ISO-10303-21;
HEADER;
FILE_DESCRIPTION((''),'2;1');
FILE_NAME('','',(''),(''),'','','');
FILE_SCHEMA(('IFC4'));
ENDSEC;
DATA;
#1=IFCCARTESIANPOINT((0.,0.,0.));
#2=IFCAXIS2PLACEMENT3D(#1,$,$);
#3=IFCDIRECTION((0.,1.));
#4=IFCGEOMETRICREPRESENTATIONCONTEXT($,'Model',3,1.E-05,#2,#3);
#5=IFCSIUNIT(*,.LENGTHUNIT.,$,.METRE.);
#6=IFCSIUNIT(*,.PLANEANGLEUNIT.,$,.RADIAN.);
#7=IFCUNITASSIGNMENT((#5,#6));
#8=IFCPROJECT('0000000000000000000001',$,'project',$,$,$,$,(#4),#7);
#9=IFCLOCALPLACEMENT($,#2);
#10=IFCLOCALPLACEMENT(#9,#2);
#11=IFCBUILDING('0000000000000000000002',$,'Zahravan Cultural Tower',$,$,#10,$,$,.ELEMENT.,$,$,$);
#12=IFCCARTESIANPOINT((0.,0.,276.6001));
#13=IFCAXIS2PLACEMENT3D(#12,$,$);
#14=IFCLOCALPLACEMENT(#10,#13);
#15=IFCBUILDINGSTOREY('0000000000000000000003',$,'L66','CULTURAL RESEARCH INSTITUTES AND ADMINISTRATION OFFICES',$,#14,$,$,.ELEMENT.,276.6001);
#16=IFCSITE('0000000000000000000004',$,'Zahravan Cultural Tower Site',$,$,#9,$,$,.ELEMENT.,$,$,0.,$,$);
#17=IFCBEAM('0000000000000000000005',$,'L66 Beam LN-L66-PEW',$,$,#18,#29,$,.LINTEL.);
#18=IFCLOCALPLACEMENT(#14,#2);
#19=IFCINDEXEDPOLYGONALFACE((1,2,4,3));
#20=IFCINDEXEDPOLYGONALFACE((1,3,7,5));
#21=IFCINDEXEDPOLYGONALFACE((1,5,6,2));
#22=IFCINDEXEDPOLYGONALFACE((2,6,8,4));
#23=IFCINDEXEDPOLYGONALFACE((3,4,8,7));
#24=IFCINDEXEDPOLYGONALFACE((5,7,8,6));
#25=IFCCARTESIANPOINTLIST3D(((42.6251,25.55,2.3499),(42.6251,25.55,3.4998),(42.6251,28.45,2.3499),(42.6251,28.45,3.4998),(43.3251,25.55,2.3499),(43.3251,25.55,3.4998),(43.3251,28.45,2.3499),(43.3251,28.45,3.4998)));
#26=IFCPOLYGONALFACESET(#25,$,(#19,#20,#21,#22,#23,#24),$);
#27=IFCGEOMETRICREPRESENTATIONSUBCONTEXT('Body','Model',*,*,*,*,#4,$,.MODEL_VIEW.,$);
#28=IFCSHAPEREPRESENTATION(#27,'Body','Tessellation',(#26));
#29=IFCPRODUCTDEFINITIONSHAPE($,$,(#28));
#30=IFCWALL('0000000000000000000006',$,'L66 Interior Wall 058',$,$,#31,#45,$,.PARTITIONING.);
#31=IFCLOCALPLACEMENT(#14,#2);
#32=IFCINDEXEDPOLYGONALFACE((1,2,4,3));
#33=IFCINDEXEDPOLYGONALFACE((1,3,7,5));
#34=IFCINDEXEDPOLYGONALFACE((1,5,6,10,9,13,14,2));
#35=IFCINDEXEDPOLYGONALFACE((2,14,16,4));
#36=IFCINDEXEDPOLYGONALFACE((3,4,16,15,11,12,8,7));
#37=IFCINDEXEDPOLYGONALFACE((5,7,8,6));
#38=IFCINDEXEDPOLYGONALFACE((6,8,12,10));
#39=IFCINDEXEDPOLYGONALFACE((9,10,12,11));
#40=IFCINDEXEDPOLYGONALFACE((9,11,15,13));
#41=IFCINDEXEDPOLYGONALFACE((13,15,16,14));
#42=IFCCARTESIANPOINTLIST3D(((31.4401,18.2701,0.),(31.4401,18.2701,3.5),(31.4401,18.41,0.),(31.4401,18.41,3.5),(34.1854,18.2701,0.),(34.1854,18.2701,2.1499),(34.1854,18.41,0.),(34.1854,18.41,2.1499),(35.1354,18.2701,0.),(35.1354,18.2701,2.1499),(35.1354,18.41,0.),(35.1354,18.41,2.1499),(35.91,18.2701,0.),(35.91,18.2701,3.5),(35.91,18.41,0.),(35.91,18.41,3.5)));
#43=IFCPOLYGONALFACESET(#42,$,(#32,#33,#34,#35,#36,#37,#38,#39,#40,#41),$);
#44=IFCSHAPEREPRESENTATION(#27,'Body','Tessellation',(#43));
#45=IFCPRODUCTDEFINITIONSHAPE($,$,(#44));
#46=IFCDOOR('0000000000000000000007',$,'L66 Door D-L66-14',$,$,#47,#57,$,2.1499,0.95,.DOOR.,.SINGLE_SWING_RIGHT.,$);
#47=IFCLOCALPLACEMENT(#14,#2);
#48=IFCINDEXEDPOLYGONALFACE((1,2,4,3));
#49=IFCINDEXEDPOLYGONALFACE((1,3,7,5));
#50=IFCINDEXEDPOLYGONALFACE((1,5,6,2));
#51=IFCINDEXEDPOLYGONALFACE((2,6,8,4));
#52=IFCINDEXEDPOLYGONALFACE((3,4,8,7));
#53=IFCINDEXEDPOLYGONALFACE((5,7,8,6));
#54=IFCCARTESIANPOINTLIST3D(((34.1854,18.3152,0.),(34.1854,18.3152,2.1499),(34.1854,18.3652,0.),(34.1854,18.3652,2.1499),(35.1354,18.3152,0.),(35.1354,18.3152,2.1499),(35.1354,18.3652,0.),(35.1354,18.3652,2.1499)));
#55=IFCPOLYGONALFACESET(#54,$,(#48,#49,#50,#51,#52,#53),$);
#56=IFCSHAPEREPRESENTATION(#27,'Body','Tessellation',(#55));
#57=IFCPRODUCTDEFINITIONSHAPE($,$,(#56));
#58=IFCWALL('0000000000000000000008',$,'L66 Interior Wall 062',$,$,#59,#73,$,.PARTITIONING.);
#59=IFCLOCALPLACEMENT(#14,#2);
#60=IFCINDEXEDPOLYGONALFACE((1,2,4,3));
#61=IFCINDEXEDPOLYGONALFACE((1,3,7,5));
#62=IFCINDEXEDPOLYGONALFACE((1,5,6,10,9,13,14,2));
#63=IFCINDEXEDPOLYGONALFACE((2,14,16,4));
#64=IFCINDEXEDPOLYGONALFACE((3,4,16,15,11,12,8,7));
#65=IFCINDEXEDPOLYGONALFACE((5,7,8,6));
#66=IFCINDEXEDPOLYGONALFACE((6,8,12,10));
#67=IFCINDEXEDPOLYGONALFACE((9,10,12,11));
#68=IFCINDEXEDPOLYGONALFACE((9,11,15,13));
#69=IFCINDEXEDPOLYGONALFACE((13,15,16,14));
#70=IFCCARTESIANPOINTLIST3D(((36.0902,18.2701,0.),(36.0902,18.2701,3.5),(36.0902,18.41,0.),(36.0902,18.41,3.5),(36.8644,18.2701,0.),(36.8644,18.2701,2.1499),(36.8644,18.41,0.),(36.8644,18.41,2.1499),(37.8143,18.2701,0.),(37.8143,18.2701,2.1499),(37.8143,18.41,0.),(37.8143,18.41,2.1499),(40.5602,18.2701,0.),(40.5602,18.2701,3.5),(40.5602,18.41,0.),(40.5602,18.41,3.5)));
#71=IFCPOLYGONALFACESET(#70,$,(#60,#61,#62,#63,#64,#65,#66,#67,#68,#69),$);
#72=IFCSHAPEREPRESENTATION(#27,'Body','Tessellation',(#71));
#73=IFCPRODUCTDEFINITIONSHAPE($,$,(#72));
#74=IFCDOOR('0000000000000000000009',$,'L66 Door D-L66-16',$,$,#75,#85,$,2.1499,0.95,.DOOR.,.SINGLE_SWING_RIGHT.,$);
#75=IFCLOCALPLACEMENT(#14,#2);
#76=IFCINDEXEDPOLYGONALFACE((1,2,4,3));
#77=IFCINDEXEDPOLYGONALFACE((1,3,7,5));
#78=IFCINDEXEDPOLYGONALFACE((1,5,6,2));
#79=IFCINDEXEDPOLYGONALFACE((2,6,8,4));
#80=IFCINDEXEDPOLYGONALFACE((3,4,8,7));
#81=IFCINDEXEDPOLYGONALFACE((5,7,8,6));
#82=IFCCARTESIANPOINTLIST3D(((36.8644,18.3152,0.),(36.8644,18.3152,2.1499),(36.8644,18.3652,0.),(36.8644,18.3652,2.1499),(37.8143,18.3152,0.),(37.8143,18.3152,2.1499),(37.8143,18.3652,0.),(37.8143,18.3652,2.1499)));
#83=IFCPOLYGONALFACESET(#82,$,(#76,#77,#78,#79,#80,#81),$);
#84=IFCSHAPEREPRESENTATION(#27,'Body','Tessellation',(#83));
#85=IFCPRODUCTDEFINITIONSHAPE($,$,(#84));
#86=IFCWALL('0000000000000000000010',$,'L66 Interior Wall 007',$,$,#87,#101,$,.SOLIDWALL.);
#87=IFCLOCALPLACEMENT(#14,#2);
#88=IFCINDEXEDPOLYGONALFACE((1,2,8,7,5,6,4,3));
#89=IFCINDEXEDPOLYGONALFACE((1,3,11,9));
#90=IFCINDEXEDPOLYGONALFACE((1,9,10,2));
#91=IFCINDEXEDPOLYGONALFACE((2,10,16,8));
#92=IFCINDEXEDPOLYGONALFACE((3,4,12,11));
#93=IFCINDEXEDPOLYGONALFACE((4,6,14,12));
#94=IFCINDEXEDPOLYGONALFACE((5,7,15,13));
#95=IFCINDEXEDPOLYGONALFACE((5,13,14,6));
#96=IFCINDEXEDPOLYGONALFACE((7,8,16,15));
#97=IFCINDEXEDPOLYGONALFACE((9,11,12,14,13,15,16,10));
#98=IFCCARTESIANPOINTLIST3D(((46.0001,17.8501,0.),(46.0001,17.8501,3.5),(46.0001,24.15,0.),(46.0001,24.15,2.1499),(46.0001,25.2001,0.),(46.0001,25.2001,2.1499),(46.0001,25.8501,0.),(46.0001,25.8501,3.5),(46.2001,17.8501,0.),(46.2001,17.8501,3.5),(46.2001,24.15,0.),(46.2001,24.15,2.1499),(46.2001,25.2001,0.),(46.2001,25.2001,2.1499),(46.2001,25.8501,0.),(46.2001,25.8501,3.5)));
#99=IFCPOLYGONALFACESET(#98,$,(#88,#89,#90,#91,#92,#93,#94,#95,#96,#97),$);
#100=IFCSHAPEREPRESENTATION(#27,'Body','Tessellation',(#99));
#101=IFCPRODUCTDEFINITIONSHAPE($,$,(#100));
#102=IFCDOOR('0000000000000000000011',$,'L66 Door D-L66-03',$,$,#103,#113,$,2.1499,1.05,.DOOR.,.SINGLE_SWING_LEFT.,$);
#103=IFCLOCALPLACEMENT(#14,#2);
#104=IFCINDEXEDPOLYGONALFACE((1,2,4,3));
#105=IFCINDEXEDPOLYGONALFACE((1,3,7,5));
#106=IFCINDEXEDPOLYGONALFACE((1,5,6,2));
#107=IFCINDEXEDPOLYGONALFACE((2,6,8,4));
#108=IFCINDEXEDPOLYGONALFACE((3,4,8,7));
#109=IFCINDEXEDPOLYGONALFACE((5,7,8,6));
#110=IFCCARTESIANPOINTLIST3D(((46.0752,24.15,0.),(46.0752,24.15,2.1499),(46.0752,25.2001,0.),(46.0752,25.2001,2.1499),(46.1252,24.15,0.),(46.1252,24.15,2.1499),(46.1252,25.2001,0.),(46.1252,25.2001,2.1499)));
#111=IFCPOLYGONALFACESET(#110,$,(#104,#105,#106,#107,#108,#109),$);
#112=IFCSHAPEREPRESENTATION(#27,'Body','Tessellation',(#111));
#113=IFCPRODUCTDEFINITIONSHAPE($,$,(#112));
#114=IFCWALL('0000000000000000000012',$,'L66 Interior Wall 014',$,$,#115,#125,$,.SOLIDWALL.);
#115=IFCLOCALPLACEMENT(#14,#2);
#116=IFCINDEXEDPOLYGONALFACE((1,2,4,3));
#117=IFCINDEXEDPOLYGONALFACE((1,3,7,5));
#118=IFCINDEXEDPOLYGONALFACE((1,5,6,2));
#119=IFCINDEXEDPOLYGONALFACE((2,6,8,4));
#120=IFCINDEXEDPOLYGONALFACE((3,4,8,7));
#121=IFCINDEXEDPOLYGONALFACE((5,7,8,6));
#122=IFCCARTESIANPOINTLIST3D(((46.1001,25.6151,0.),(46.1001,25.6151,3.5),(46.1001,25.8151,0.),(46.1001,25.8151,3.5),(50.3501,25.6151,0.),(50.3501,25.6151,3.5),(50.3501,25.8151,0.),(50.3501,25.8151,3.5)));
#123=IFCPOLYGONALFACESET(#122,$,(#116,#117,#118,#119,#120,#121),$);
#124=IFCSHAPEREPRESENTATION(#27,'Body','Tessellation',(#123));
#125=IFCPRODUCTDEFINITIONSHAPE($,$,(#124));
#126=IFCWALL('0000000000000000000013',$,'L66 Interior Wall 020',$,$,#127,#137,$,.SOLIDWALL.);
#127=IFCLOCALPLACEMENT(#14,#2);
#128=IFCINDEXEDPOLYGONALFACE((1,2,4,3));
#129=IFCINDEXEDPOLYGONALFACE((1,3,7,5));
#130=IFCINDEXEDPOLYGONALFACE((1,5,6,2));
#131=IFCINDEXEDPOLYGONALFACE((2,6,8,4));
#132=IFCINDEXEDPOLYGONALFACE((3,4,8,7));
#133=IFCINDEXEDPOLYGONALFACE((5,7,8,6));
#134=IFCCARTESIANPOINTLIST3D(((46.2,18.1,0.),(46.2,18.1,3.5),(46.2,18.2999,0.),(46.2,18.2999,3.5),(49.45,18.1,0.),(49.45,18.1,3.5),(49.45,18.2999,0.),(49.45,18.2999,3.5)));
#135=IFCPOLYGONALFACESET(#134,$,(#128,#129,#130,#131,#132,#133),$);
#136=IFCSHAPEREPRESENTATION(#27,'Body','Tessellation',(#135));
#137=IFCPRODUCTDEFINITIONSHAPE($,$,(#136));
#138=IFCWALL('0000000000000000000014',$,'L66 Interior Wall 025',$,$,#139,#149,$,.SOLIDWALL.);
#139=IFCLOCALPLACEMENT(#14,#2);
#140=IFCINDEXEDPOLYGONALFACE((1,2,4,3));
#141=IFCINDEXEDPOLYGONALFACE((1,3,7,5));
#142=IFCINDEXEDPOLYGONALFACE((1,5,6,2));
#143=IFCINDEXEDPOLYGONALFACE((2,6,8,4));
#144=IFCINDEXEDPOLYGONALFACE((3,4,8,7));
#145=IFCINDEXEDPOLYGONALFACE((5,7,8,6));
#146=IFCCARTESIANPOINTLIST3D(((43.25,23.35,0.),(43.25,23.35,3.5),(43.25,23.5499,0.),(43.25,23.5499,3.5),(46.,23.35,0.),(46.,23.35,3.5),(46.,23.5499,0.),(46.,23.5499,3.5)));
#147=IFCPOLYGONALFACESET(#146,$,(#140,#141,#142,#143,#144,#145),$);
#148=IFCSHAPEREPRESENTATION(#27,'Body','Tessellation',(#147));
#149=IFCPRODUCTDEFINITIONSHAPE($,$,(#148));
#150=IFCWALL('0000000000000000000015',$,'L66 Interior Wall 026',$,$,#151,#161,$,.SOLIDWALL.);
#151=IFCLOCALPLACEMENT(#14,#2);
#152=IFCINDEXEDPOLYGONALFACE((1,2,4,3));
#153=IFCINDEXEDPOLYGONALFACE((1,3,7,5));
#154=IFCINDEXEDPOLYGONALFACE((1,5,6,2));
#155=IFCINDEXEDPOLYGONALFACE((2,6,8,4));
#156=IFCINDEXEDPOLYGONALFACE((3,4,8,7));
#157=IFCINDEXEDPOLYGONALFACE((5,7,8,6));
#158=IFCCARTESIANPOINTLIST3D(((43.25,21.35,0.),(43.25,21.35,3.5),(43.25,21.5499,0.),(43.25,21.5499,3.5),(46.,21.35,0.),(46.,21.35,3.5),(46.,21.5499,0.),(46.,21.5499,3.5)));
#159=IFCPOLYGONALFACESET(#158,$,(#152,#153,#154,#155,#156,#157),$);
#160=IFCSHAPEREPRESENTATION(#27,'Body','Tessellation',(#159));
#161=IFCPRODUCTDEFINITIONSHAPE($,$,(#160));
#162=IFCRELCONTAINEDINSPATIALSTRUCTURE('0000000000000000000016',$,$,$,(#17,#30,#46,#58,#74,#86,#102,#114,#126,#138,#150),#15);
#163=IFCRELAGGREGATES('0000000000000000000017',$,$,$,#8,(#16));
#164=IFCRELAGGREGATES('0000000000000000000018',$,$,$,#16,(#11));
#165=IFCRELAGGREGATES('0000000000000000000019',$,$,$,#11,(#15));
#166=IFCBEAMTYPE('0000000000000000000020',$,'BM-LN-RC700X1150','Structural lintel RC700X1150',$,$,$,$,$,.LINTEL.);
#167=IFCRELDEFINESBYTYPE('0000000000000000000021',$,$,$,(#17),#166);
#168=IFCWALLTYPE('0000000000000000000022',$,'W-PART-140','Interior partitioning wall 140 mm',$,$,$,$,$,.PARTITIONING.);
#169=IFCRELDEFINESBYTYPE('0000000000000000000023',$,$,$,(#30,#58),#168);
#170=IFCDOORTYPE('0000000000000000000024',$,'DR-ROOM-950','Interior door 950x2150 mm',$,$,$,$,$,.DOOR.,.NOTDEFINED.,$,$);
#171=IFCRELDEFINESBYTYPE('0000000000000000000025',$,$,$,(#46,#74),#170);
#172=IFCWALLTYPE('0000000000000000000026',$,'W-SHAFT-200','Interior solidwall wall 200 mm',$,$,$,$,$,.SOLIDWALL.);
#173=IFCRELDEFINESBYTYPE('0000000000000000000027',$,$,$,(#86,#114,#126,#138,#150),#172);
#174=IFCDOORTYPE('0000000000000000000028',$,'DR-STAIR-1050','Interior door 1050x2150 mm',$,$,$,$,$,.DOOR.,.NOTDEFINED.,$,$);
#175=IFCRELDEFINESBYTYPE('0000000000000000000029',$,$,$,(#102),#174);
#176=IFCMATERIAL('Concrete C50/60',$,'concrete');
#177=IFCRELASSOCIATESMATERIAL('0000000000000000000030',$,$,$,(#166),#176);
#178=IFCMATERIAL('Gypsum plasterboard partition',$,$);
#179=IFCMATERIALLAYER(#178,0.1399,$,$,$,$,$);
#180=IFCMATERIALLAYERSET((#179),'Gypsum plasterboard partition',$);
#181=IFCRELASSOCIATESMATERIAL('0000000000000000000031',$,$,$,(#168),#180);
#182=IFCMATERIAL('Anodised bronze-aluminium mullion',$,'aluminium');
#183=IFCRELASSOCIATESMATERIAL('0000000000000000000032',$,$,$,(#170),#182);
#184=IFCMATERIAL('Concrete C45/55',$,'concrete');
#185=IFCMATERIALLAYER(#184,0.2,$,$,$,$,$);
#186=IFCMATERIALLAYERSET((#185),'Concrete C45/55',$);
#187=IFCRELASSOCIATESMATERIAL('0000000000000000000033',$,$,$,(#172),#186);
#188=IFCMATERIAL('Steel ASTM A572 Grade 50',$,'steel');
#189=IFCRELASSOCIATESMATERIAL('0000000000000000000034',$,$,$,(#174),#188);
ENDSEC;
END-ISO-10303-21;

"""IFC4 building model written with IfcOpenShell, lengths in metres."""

from ifc_helpers import new_model, si_unit, direction, frame, frame_2d, origin, origin_2d, place, context, subcontext, project, spatial, rectangle, extrude, source, transform, mapped, material, layer, layer_set, material_profile, profile_set, type_object, element, fill, save


model = new_model("IFC4")

# Units and contexts
model_context = context("Model", 3, precision=1e-05, world=origin(), true_north=direction((0.0, 1.0)))
body_context = subcontext(model_context, "Body", "Model", "MODEL_VIEW")
ifc_project = project(units=[si_unit("LENGTHUNIT", "METRE"), si_unit("PLANEANGLEUNIT", "RADIAN")], contexts=[model_context])

# Site, building, storey
site_placement = place(None, origin())
site = spatial("IfcSite", under=ifc_project, at=site_placement, Name="Zahravan Cultural Tower Site", CompositionType="ELEMENT", RefElevation=0.0)
building_placement = place(site_placement, origin())
building = spatial("IfcBuilding", under=site, at=building_placement, Name="Zahravan Cultural Tower", CompositionType="ELEMENT")
storey_placement = place(building_placement, frame((0.0, 0.0, 276.6001)))
storey = spatial("IfcBuildingStorey", under=building, at=storey_placement, Name="L66", Description="CULTURAL RESEARCH INSTITUTES AND ADMINISTRATION OFFICES", CompositionType="ELEMENT", Elevation=276.6001)

# Beam
ifc_material_1 = material(Name="Concrete C50/60", Category="concrete")
ifc_material_profile = material_profile(ifc_material_1, rectangle(XDim=0.7, YDim=1.1499, at=origin_2d()), Name="RC700X1150")
ifc_profile_set = profile_set([ifc_material_profile], Name="Concrete C50/60")
beam_type = type_object("IfcBeamType", Name="BM-LN-RC700X1150", Description="Structural lintel RC700X1150", PredefinedType="LINTEL", material=ifc_profile_set)
shared_shape_1 = source(origin(), body_context, "Body", "SweptSolid", [
    extrude(rectangle(XDim=0.7, YDim=1.1499, at=origin_2d()), origin(), (0.0, 0.0, 1.0), 2.8999),
])
beam_placement = place(storey_placement, frame((42.9751, 25.55, 2.9248), z_axis=(0.0, 1.0, 0.0), x_axis=(-1.0, 0.0, 0.0)))
element("IfcBeam", 1, at=beam_placement, inside=storey, type_object=beam_type, Name="L66 Beam LN-L66-PEW", PredefinedType="LINTEL", context=body_context, shape_type="MappedRepresentation", body=[
    mapped(shared_shape_1, transform((0.0, 0.0, 0.0), x_axis=(1.0, 0.0, 0.0), y_axis=(0.0, 1.0, 0.0), z_axis=(0.0, 0.0, 1.0), scale=1.0)),
])

# Walls, openings, doors
ifc_material_2 = material(Name="Gypsum plasterboard partition")
ifc_layer_1 = layer(ifc_material_2, 0.1399)
ifc_layer_set_1 = layer_set([ifc_layer_1], Name="Gypsum plasterboard partition")
wall_type_1 = type_object("IfcWallType", Name="W-PART-140", Description="Interior partitioning wall 140 mm", PredefinedType="PARTITIONING", material=ifc_layer_set_1)
wall_1_placement = place(storey_placement, frame((35.9099, 18.3401, 0.0), z_axis=(0.0, 0.0, 1.0), x_axis=(-1.0, 0.0, 0.0)))
wall_1 = element("IfcWall", 2, at=wall_1_placement, inside=storey, type_object=wall_type_1, Name="L66 Interior Wall 058", PredefinedType="PARTITIONING", context=body_context, shape_type="SweptSolid", body=[
    extrude(rectangle(XDim=4.47, YDim=0.1399, at=frame_2d((2.2349, 0.0))), origin(), (0.0, 0.0, 1.0), 3.5),
])
opening_1_placement = place(wall_1_placement, frame((0.7744, 0.0, 0.0)))
opening_1 = element("IfcOpeningElement", 3, at=opening_1_placement, cuts=wall_1, PredefinedType="OPENING", context=body_context, shape_type="SweptSolid", body=[
    extrude(rectangle(XDim=0.95, YDim=2.1499, at=frame_2d((0.4751, 1.075))), frame((0.0, 0.0798, 0.0), z_axis=(0.0, -1.0, 0.0), x_axis=(1.0, 0.0, 0.0)), (0.0, 0.0, 1.0), 0.1599),
])
ifc_material_3 = material(Name="Anodised bronze-aluminium mullion", Category="aluminium")
door_type_1 = type_object("IfcDoorType", Name="DR-ROOM-950", Description="Interior door 950x2150 mm", OperationType="NOTDEFINED", PredefinedType="DOOR", material=ifc_material_3)
shared_shape_2 = source(origin(), body_context, "Body", "SweptSolid", [
    extrude(rectangle(XDim=0.95, YDim=2.1499, at=frame_2d((0.4751, 1.075))), frame((0.0, 0.0249, 0.0), z_axis=(0.0, -1.0, 0.0), x_axis=(1.0, 0.0, 0.0)), (0.0, 0.0, 1.0), 0.05),
])
door_1_placement = place(opening_1_placement, origin())
door_1 = element("IfcDoor", 4, at=door_1_placement, inside=storey, type_object=door_type_1, Name="L66 Door D-L66-14", OperationType="SINGLE_SWING_RIGHT", OverallHeight=2.1499, OverallWidth=0.95, PredefinedType="DOOR", context=body_context, shape_type="MappedRepresentation", body=[
    mapped(shared_shape_2, transform((0.0, 0.0, 0.0), x_axis=(1.0, 0.0, 0.0), y_axis=(0.0, 1.0, 0.0), z_axis=(0.0, 0.0, 1.0), scale=1.0)),
])
fill(opening_1, door_1)
wall_2_placement = place(storey_placement, frame((40.5601, 18.3401, 0.0), z_axis=(0.0, 0.0, 1.0), x_axis=(-1.0, 0.0, 0.0)))
wall_2 = element("IfcWall", 5, at=wall_2_placement, inside=storey, type_object=wall_type_1, Name="L66 Interior Wall 062", PredefinedType="PARTITIONING", context=body_context, shape_type="SweptSolid", body=[
    extrude(rectangle(XDim=4.47, YDim=0.1399, at=frame_2d((2.2349, 0.0))), origin(), (0.0, 0.0, 1.0), 3.5),
])
opening_2_placement = place(wall_2_placement, frame((2.7456, 0.0, 0.0)))
opening_2 = element("IfcOpeningElement", 6, at=opening_2_placement, cuts=wall_2, PredefinedType="OPENING", context=body_context, shape_type="SweptSolid", body=[
    extrude(rectangle(XDim=0.95, YDim=2.1499, at=frame_2d((0.4751, 1.075))), frame((0.0, 0.0798, 0.0), z_axis=(0.0, -1.0, 0.0), x_axis=(1.0, 0.0, 0.0)), (0.0, 0.0, 1.0), 0.1599),
])
door_2_placement = place(opening_2_placement, origin())
door_2 = element("IfcDoor", 7, at=door_2_placement, inside=storey, type_object=door_type_1, Name="L66 Door D-L66-16", OperationType="SINGLE_SWING_RIGHT", OverallHeight=2.1499, OverallWidth=0.95, PredefinedType="DOOR", context=body_context, shape_type="MappedRepresentation", body=[
    mapped(shared_shape_2, transform((0.0, 0.0, 0.0), x_axis=(1.0, 0.0, 0.0), y_axis=(0.0, 1.0, 0.0), z_axis=(0.0, 0.0, 1.0), scale=1.0)),
])
fill(opening_2, door_2)
ifc_material_4 = material(Name="Concrete C45/55", Category="concrete")
ifc_layer_2 = layer(ifc_material_4, 0.2)
ifc_layer_set_2 = layer_set([ifc_layer_2], Name="Concrete C45/55")
wall_type_2 = type_object("IfcWallType", Name="W-SHAFT-200", Description="Interior solidwall wall 200 mm", PredefinedType="SOLIDWALL", material=ifc_layer_set_2)
wall_3_placement = place(storey_placement, frame((46.1001, 17.8501, 0.0), z_axis=(0.0, 0.0, 1.0), x_axis=(0.0, 1.0, 0.0)))
wall_3 = element("IfcWall", 8, at=wall_3_placement, inside=storey, type_object=wall_type_2, Name="L66 Interior Wall 007", PredefinedType="SOLIDWALL", context=body_context, shape_type="SweptSolid", body=[
    extrude(rectangle(XDim=8.0, YDim=0.2, at=frame_2d((4.0, 0.0))), origin(), (0.0, 0.0, 1.0), 3.5),
])
opening_3_placement = place(wall_3_placement, frame((6.3, 0.0, 0.0)))
opening_3 = element("IfcOpeningElement", 9, at=opening_3_placement, cuts=wall_3, PredefinedType="OPENING", context=body_context, shape_type="SweptSolid", body=[
    extrude(rectangle(XDim=1.05, YDim=2.1499, at=frame_2d((0.5249, 1.075))), frame((0.0, 0.1099, 0.0), z_axis=(0.0, -1.0, 0.0), x_axis=(1.0, 0.0, 0.0)), (0.0, 0.0, 1.0), 0.22),
])
ifc_material_5 = material(Name="Steel ASTM A572 Grade 50", Category="steel")
door_type_2 = type_object("IfcDoorType", Name="DR-STAIR-1050", Description="Interior door 1050x2150 mm", OperationType="NOTDEFINED", PredefinedType="DOOR", material=ifc_material_5)
shared_shape_3 = source(origin(), body_context, "Body", "SweptSolid", [
    extrude(rectangle(XDim=1.05, YDim=2.1499, at=frame_2d((0.5249, 1.075))), frame((0.0, 0.0249, 0.0), z_axis=(0.0, -1.0, 0.0), x_axis=(1.0, 0.0, 0.0)), (0.0, 0.0, 1.0), 0.05),
])
door_3_placement = place(opening_3_placement, origin())
door_3 = element("IfcDoor", 10, at=door_3_placement, inside=storey, type_object=door_type_2, Name="L66 Door D-L66-03", OperationType="SINGLE_SWING_LEFT", OverallHeight=2.1499, OverallWidth=1.05, PredefinedType="DOOR", context=body_context, shape_type="MappedRepresentation", body=[
    mapped(shared_shape_3, transform((0.0, 0.0, 0.0), x_axis=(1.0, 0.0, 0.0), y_axis=(0.0, 1.0, 0.0), z_axis=(0.0, 0.0, 1.0), scale=1.0)),
])
fill(opening_3, door_3)

# Walls
shared_shape_4 = source(origin(), body_context, "Body", "SweptSolid", [
    extrude(rectangle(XDim=4.25, YDim=0.2, at=frame_2d((2.125, 0.0))), origin(), (0.0, 0.0, 1.0), 3.5),
])
wall_4_placement = place(storey_placement, frame((46.1001, 25.7151, 0.0), z_axis=(0.0, 0.0, 1.0), x_axis=(1.0, 0.0, 0.0)))
element("IfcWall", 11, at=wall_4_placement, inside=storey, type_object=wall_type_2, Name="L66 Interior Wall 014", PredefinedType="SOLIDWALL", context=body_context, shape_type="MappedRepresentation", body=[
    mapped(shared_shape_4, transform((0.0, 0.0, 0.0), x_axis=(1.0, 0.0, 0.0), y_axis=(0.0, 1.0, 0.0), z_axis=(0.0, 0.0, 1.0), scale=1.0)),
])
shared_shape_5 = source(origin(), body_context, "Body", "SweptSolid", [
    extrude(rectangle(XDim=3.25, YDim=0.2, at=frame_2d((1.625, 0.0))), origin(), (0.0, 0.0, 1.0), 3.5),
])
wall_5_placement = place(storey_placement, frame((46.2, 18.2, 0.0), z_axis=(0.0, 0.0, 1.0), x_axis=(1.0, 0.0, 0.0)))
element("IfcWall", 12, at=wall_5_placement, inside=storey, type_object=wall_type_2, Name="L66 Interior Wall 020", PredefinedType="SOLIDWALL", context=body_context, shape_type="MappedRepresentation", body=[
    mapped(shared_shape_5, transform((0.0, 0.0, 0.0), x_axis=(1.0, 0.0, 0.0), y_axis=(0.0, 1.0, 0.0), z_axis=(0.0, 0.0, 1.0), scale=1.0)),
])
shared_shape_6 = source(origin(), body_context, "Body", "SweptSolid", [
    extrude(rectangle(XDim=2.75, YDim=0.2, at=frame_2d((1.375, 0.0))), origin(), (0.0, 0.0, 1.0), 3.5),
])
for number, where, z_axis, x_axis, name in (
    (13, (43.25, 23.45, 0.0), (0.0, 0.0, 1.0), (1.0, 0.0, 0.0), "L66 Interior Wall 025"),
    (14, (43.25, 21.45, 0.0), (0.0, 0.0, 1.0), (1.0, 0.0, 0.0), "L66 Interior Wall 026"),
):
    element("IfcWall", number, at=place(storey_placement, frame(where, z_axis=z_axis, x_axis=x_axis)), inside=storey, type_object=wall_type_2, Name=name, PredefinedType="SOLIDWALL", context=body_context, shape_type="MappedRepresentation", body=[
        mapped(shared_shape_6, transform((0.0, 0.0, 0.0), x_axis=(1.0, 0.0, 0.0), y_axis=(0.0, 1.0, 0.0), z_axis=(0.0, 0.0, 1.0), scale=1.0)),
    ])

save(model, "model.ifc")
